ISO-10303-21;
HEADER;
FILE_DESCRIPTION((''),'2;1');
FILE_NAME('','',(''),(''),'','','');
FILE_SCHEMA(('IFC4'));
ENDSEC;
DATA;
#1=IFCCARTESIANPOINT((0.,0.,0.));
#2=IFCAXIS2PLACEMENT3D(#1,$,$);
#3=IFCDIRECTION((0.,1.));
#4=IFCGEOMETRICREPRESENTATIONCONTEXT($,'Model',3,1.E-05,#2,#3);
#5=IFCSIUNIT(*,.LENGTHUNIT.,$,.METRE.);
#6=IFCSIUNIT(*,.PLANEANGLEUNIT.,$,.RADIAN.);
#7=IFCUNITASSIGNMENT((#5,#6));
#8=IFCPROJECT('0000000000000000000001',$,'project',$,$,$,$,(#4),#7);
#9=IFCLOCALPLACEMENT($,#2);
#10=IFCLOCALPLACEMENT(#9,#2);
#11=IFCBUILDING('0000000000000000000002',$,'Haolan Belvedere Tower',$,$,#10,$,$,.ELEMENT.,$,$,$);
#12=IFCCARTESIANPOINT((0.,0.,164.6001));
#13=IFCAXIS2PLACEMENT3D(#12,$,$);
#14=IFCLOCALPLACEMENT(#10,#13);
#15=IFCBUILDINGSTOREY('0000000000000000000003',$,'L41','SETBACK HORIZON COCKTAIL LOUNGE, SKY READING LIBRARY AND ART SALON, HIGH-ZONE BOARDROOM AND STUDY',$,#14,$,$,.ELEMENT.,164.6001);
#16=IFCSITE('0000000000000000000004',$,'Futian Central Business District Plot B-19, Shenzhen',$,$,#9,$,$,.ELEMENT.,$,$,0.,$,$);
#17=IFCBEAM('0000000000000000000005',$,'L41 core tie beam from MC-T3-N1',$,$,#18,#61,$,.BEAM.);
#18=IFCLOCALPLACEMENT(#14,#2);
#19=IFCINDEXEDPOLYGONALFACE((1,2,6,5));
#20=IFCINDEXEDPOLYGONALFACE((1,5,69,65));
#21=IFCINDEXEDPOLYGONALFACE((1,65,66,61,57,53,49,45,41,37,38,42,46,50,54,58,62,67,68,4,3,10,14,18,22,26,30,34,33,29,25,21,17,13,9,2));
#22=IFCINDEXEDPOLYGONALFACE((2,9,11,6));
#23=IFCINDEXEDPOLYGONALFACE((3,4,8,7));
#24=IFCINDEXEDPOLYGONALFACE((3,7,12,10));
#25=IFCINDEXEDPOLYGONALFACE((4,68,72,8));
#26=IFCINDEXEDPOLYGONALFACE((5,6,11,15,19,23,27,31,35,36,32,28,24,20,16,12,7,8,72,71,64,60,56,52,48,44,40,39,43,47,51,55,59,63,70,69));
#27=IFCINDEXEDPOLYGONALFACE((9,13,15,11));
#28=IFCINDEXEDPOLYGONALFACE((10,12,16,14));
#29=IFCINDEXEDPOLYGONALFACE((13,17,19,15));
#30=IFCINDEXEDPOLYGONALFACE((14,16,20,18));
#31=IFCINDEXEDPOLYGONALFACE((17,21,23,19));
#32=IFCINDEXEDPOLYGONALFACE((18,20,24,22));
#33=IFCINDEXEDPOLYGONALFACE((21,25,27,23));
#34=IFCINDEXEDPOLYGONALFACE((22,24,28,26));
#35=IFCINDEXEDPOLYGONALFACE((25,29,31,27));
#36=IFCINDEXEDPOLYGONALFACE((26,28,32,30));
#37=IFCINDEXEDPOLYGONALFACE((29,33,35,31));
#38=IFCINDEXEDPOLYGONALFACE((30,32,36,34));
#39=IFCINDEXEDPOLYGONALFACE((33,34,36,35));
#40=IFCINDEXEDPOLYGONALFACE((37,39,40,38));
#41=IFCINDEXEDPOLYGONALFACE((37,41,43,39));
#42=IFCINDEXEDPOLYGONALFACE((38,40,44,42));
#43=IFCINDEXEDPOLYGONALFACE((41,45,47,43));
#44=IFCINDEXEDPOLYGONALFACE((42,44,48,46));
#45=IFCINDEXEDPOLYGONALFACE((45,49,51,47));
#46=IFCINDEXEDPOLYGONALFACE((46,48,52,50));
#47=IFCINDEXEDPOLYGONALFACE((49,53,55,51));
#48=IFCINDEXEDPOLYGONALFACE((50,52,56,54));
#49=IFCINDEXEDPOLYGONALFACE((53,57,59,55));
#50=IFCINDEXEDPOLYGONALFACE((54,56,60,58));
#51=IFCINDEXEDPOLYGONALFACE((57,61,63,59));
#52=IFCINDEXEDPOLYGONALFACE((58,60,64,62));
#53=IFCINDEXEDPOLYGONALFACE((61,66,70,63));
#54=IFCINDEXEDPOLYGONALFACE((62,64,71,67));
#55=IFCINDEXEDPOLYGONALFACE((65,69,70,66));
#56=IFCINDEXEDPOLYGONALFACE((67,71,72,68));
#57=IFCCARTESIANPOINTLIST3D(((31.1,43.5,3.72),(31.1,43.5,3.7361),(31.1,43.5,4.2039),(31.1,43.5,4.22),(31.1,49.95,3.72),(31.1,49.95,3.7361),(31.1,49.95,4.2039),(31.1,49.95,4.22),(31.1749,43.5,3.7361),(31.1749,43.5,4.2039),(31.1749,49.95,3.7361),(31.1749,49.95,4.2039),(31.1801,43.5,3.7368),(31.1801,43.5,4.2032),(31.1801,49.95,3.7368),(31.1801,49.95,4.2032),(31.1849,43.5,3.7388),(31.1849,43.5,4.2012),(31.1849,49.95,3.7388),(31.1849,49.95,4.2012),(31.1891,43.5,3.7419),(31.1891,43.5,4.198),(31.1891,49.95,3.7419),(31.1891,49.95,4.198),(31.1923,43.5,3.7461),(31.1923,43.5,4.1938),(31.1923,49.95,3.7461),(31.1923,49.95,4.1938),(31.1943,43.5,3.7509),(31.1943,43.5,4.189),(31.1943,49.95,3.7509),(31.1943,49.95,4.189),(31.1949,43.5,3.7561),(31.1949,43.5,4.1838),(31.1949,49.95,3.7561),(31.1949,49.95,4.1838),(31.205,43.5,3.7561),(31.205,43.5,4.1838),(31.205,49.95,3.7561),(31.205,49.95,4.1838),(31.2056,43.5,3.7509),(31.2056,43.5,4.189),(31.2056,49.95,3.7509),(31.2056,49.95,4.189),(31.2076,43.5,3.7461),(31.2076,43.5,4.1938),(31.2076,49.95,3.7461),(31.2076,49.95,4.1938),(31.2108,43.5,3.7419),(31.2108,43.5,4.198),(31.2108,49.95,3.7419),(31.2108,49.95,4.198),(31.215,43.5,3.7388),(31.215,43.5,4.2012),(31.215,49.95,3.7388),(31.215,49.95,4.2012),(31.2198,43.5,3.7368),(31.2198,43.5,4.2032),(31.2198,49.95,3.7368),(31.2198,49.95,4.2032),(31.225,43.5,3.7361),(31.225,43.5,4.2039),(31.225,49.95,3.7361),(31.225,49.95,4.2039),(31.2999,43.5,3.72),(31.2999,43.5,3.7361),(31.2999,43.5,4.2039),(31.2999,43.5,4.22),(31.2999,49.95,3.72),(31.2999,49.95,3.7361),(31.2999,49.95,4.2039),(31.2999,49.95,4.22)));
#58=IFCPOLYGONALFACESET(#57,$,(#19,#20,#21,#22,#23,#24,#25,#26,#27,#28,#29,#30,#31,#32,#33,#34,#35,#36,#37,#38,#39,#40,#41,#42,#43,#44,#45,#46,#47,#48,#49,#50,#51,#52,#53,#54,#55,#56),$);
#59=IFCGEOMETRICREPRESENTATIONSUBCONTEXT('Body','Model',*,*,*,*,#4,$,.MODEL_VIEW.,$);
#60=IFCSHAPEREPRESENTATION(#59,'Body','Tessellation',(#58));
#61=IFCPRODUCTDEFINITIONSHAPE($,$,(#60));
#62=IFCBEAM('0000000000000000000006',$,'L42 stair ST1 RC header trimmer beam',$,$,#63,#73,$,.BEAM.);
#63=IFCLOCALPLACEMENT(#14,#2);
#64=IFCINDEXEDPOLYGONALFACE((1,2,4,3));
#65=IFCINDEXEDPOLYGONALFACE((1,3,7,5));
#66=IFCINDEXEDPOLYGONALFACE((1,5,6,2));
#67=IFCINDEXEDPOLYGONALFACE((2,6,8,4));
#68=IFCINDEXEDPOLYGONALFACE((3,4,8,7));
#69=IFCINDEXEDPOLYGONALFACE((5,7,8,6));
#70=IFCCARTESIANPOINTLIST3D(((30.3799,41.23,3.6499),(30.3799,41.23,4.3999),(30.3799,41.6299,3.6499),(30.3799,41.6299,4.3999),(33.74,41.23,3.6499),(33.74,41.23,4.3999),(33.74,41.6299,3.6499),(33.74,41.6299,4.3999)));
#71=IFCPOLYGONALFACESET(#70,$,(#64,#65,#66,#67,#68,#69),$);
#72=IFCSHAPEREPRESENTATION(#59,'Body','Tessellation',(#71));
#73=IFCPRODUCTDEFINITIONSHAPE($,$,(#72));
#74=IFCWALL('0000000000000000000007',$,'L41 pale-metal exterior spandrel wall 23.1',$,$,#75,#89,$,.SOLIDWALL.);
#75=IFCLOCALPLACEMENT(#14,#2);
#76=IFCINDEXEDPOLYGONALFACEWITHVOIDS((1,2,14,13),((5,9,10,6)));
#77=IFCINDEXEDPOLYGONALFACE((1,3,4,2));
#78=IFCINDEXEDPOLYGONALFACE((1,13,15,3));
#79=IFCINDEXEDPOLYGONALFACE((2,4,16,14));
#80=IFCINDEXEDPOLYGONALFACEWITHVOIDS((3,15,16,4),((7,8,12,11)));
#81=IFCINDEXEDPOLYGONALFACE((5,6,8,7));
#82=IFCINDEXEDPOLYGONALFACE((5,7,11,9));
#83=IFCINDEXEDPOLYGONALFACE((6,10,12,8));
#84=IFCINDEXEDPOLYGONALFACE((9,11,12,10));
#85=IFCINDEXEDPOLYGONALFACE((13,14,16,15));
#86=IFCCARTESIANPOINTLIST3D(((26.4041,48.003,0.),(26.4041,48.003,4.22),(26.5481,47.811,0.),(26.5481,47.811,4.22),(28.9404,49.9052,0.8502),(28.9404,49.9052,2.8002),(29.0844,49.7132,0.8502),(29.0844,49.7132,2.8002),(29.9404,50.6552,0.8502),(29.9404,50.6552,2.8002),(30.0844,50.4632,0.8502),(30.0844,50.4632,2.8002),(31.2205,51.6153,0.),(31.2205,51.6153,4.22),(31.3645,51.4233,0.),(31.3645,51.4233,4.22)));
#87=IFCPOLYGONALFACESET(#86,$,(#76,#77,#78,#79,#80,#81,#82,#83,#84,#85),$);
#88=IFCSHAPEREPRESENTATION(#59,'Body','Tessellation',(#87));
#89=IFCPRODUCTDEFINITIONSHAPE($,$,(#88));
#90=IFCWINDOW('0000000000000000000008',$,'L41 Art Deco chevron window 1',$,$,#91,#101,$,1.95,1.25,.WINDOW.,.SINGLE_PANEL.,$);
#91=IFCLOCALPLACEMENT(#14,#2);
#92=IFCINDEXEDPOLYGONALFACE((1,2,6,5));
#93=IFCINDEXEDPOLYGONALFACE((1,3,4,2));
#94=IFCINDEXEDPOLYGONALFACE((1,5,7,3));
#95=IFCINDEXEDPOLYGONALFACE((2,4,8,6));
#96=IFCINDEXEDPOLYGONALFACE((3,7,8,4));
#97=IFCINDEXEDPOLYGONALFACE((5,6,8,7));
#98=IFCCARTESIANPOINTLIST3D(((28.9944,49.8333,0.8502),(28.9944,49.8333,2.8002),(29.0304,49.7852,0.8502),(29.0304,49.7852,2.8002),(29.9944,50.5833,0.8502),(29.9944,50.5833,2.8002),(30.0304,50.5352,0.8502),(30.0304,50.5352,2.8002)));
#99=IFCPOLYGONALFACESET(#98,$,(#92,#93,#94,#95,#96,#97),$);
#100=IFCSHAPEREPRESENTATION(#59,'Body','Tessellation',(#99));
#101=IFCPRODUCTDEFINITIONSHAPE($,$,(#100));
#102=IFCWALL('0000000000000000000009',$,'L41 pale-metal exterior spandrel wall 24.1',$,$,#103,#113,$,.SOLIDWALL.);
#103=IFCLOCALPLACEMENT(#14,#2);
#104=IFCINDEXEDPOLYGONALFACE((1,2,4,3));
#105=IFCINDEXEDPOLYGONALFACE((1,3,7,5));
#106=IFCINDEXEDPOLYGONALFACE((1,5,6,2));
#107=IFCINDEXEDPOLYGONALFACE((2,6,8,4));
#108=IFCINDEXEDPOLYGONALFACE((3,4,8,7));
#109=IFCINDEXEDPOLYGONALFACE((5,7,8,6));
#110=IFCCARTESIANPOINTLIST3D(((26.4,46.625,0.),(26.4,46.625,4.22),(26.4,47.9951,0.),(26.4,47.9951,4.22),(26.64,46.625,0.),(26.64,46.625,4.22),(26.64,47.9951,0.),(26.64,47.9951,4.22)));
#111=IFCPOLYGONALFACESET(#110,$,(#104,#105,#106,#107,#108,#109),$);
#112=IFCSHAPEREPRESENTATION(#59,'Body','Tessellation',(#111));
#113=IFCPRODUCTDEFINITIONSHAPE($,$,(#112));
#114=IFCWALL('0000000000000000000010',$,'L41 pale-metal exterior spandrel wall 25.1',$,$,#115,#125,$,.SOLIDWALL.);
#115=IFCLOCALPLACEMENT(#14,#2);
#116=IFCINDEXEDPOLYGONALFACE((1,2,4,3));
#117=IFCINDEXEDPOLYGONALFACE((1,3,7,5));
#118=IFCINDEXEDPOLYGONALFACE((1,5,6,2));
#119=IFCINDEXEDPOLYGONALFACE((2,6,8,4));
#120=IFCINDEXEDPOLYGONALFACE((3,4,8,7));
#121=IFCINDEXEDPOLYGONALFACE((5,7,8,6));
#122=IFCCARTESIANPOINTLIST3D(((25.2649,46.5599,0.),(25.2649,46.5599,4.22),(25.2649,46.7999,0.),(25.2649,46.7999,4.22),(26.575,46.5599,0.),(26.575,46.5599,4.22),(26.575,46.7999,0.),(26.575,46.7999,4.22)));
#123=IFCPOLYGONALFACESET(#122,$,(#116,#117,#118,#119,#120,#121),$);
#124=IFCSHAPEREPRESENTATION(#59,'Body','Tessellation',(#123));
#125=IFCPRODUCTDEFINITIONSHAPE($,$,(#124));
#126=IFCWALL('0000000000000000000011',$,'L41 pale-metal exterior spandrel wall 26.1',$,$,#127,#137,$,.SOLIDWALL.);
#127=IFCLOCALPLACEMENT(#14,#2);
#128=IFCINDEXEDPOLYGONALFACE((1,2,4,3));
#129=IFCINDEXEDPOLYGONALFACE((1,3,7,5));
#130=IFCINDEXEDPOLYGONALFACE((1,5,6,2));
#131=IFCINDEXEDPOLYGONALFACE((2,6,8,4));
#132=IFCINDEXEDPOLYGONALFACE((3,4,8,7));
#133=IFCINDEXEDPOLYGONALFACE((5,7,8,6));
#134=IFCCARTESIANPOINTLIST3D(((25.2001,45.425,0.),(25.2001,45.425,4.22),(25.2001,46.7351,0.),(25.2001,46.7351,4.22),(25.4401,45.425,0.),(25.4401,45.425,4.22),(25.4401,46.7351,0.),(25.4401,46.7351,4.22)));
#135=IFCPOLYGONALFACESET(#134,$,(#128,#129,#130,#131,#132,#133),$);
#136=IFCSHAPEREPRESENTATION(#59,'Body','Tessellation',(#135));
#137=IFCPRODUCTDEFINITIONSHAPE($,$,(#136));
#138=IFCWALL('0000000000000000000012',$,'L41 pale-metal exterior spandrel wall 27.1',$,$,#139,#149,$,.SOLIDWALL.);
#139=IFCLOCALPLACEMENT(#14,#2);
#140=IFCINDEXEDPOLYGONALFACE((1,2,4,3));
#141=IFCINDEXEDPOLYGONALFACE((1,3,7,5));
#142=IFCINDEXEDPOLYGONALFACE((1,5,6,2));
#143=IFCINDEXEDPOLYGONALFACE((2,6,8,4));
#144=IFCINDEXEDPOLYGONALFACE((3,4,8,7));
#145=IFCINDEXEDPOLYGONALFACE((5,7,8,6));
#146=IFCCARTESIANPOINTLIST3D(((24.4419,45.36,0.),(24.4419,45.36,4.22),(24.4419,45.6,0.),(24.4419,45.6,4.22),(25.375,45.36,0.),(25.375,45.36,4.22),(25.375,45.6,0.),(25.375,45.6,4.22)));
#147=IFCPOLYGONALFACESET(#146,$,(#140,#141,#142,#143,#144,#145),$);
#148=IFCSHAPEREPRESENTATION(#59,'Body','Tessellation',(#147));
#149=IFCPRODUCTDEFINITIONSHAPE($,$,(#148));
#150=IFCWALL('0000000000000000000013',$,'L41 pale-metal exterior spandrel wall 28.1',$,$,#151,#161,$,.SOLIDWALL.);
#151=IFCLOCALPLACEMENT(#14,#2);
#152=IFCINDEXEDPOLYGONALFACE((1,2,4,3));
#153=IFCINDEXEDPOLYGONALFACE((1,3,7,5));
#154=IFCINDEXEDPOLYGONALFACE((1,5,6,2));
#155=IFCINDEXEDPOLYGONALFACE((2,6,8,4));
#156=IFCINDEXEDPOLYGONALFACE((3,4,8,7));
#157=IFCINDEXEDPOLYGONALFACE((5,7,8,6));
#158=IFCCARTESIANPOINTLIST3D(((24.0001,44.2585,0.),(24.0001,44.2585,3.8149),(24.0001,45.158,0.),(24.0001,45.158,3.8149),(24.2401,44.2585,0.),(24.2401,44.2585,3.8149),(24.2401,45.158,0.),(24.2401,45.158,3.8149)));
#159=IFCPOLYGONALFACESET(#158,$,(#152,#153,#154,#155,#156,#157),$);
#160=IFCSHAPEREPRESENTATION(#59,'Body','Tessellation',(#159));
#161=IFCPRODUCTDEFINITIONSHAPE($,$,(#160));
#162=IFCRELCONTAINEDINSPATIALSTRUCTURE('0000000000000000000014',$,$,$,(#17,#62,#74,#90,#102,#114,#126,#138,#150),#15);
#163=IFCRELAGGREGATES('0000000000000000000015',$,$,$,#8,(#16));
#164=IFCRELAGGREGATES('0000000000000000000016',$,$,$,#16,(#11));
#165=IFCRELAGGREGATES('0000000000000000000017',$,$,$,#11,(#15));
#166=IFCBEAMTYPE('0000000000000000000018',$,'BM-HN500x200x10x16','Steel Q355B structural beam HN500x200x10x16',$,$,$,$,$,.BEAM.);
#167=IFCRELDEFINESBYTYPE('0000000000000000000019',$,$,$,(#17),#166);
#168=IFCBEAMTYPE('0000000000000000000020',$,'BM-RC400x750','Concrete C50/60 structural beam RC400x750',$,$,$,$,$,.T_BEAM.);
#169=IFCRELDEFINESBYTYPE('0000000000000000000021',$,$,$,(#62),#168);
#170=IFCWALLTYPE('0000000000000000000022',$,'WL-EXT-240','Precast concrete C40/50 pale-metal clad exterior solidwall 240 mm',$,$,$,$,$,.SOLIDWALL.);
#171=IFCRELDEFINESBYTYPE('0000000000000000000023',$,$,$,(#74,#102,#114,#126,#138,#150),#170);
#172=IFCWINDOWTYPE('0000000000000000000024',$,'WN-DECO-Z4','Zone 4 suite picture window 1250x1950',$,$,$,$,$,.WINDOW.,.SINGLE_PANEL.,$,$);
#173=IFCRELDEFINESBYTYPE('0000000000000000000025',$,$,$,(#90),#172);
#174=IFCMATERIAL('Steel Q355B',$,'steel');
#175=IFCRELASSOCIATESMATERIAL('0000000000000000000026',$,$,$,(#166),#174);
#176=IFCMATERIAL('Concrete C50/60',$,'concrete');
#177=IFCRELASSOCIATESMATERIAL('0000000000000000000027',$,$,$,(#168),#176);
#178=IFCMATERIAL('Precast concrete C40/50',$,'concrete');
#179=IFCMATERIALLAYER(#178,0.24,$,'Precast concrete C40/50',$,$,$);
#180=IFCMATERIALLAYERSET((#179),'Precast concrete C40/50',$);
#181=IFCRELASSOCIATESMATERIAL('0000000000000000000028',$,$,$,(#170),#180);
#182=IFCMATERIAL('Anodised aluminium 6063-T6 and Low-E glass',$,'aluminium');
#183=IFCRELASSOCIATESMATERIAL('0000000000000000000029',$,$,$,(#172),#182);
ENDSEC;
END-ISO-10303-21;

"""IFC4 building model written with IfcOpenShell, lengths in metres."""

from ifc_helpers import new_model, si_unit, direction, frame, frame_2d, origin, origin_2d, place, context, subcontext, project, spatial, rectangle, i_section, extrude, material, layer, layer_set, material_profile, profile_set, type_object, element, fill, save


model = new_model("IFC4")

# Units and contexts
model_context = context("Model", 3, precision=1e-05, world=origin(), true_north=direction((0.0, 1.0)))
body_context = subcontext(model_context, "Body", "Model", "MODEL_VIEW")
ifc_project = project(units=[si_unit("LENGTHUNIT", "METRE"), si_unit("PLANEANGLEUNIT", "RADIAN")], contexts=[model_context])

# Site, building, storey
site_placement = place(None, origin())
site = spatial("IfcSite", under=ifc_project, at=site_placement, Name="Futian Central Business District Plot B-19, Shenzhen", CompositionType="ELEMENT", RefElevation=0.0)
building_placement = place(site_placement, origin())
building = spatial("IfcBuilding", under=site, at=building_placement, Name="Haolan Belvedere Tower", CompositionType="ELEMENT")
storey_placement = place(building_placement, frame((0.0, 0.0, 164.6001)))
storey = spatial("IfcBuildingStorey", under=building, at=storey_placement, Name="L41", Description="SETBACK HORIZON COCKTAIL LOUNGE, SKY READING LIBRARY AND ART SALON, HIGH-ZONE BOARDROOM AND STUDY", CompositionType="ELEMENT", Elevation=164.6001)

# Beams
ifc_material_1 = material(Name="Steel Q355B", Category="steel")
ifc_material_profile_1 = material_profile(ifc_material_1, i_section(OverallWidth=0.2, OverallDepth=0.5, WebThickness=0.01, FlangeThickness=0.0161, FilletRadius=0.02, at=origin_2d()), Name="Steel Q355B")
ifc_profile_set_1 = profile_set([ifc_material_profile_1], Name="Steel Q355B")
beam_type_1 = type_object("IfcBeamType", Name="BM-HN500x200x10x16", Description="Steel Q355B structural beam HN500x200x10x16", PredefinedType="BEAM", material=ifc_profile_set_1)
beam_1_placement = place(storey_placement, frame((31.2, 49.95, 3.97), z_axis=(0.0, -1.0, 0.0), x_axis=(1.0, 0.0, 0.0)))
element("IfcBeam", 1, at=beam_1_placement, inside=storey, type_object=beam_type_1, Name="L41 core tie beam from MC-T3-N1", PredefinedType="BEAM", context=body_context, shape_type="SweptSolid", body=[
    extrude(i_section(OverallWidth=0.2, OverallDepth=0.5, WebThickness=0.01, FlangeThickness=0.0161, FilletRadius=0.02, at=origin_2d()), origin(), (0.0, 0.0, 1.0), 6.45),
])
ifc_material_2 = material(Name="Concrete C50/60", Category="concrete")
ifc_material_profile_2 = material_profile(ifc_material_2, rectangle(XDim=0.3999, YDim=0.75, at=origin_2d()), Name="Concrete C50/60")
ifc_profile_set_2 = profile_set([ifc_material_profile_2], Name="Concrete C50/60")
beam_type_2 = type_object("IfcBeamType", Name="BM-RC400x750", Description="Concrete C50/60 structural beam RC400x750", PredefinedType="T_BEAM", material=ifc_profile_set_2)
beam_2_placement = place(storey_placement, frame((30.3799, 41.4299, 4.0249), z_axis=(1.0, 0.0, 0.0), x_axis=(0.0, 1.0, 0.0)))
element("IfcBeam", 2, at=beam_2_placement, inside=storey, type_object=beam_type_2, Name="L42 stair ST1 RC header trimmer beam", PredefinedType="BEAM", context=body_context, shape_type="SweptSolid", body=[
    extrude(rectangle(XDim=0.3999, YDim=0.75, at=origin_2d()), origin(), (0.0, 0.0, 1.0), 3.3601),
])

# Wall, opening, window
ifc_material_3 = material(Name="Precast concrete C40/50", Category="concrete")
ifc_layer_1 = layer(ifc_material_3, 0.24, Name="Precast concrete C40/50")
ifc_layer_set_1 = layer_set([ifc_layer_1], Name="Precast concrete C40/50")
wall_type_1 = type_object("IfcWallType", Name="WL-EXT-240", Description="Precast concrete C40/50 pale-metal clad exterior solidwall 240 mm", PredefinedType="SOLIDWALL", material=ifc_layer_set_1)
wall_1_placement = place(storey_placement, frame((31.2925, 51.5193, 0.0), z_axis=(0.0, 0.0, 1.0), x_axis=(-0.8, -0.6, 0.0)))
wall_1 = element("IfcWall", 3, at=wall_1_placement, inside=storey, type_object=wall_type_1, Name="L41 pale-metal exterior spandrel wall 23.1", PredefinedType="SOLIDWALL", context=body_context, shape_type="SweptSolid", body=[
    extrude(rectangle(XDim=6.0205, YDim=0.24, at=frame_2d((3.0103, 0.0))), origin(), (0.0, 0.0, 1.0), 4.22),
])
opening_1_placement = place(wall_1_placement, frame((1.6001, 0.0, 0.8501)))
opening_1 = element("IfcOpeningElement", 4, at=opening_1_placement, cuts=wall_1, PredefinedType="OPENING", context=body_context, shape_type="SweptSolid", body=[
    extrude(rectangle(XDim=1.25, YDim=1.95, at=frame_2d((0.625, 0.9751))), frame((0.0, 0.1299, 0.0), z_axis=(0.0, -1.0, 0.0), x_axis=(1.0, 0.0, 0.0)), (0.0, 0.0, 1.0), 0.26),
])
ifc_material_4 = material(Name="Anodised aluminium 6063-T6 and Low-E glass", Category="aluminium")
window_type = type_object("IfcWindowType", Name="WN-DECO-Z4", Description="Zone 4 suite picture window 1250x1950", PartitioningType="SINGLE_PANEL", PredefinedType="WINDOW", material=ifc_material_4)
window_1_placement = place(opening_1_placement, origin())
window_1 = element("IfcWindow", 5, at=window_1_placement, inside=storey, type_object=window_type, Name="L41 Art Deco chevron window 1", OverallHeight=1.95, OverallWidth=1.25, PartitioningType="SINGLE_PANEL", PredefinedType="WINDOW", context=body_context, shape_type="SweptSolid", body=[
    extrude(rectangle(XDim=1.25, YDim=1.95, at=frame_2d((0.625, 0.9751))), frame((0.0, 0.03, 0.0), z_axis=(0.0, -1.0, 0.0), x_axis=(1.0, 0.0, 0.0)), (0.0, 0.0, 1.0), 0.0601),
])
fill(opening_1, window_1)

# Walls
wall_2_placement = place(storey_placement, frame((26.52, 47.9951, 0.0), z_axis=(0.0, 0.0, 1.0), x_axis=(0.0, -1.0, 0.0)))
element("IfcWall", 6, at=wall_2_placement, inside=storey, type_object=wall_type_1, Name="L41 pale-metal exterior spandrel wall 24.1", PredefinedType="SOLIDWALL", context=body_context, shape_type="SweptSolid", body=[
    extrude(rectangle(XDim=1.3701, YDim=0.24, at=frame_2d((0.6851, 0.0))), origin(), (0.0, 0.0, 1.0), 4.22),
])
for number, where, z_axis, x_axis, name in (
    (7, (26.575, 46.6799, 0.0), (0.0, 0.0, 1.0), (-1.0, 0.0, 0.0), "L41 pale-metal exterior spandrel wall 25.1"),
    (8, (25.3201, 46.7351, 0.0), (0.0, 0.0, 1.0), (0.0, -1.0, 0.0), "L41 pale-metal exterior spandrel wall 26.1"),
):
    element("IfcWall", number, at=place(storey_placement, frame(where, z_axis=z_axis, x_axis=x_axis)), inside=storey, type_object=wall_type_1, Name=name, PredefinedType="SOLIDWALL", context=body_context, shape_type="SweptSolid", body=[
        extrude(rectangle(XDim=1.3101, YDim=0.24, at=frame_2d((0.655, 0.0))), origin(), (0.0, 0.0, 1.0), 4.22),
    ])
wall_3_placement = place(storey_placement, frame((25.375, 45.48, 0.0), z_axis=(0.0, 0.0, 1.0), x_axis=(-1.0, 0.0, 0.0)))
element("IfcWall", 9, at=wall_3_placement, inside=storey, type_object=wall_type_1, Name="L41 pale-metal exterior spandrel wall 27.1", PredefinedType="SOLIDWALL", context=body_context, shape_type="SweptSolid", body=[
    extrude(rectangle(XDim=0.9331, YDim=0.24, at=frame_2d((0.4666, 0.0))), origin(), (0.0, 0.0, 1.0), 4.22),
])
wall_4_placement = place(storey_placement, frame((24.1201, 45.158, 0.0), z_axis=(0.0, 0.0, 1.0), x_axis=(0.0, -1.0, 0.0)))
element("IfcWall", 10, at=wall_4_placement, inside=storey, type_object=wall_type_1, Name="L41 pale-metal exterior spandrel wall 28.1", PredefinedType="SOLIDWALL", context=body_context, shape_type="SweptSolid", body=[
    extrude(rectangle(XDim=0.8994, YDim=0.24, at=frame_2d((0.4497, 0.0))), origin(), (0.0, 0.0, 1.0), 3.8149),
])

save(model, "model.ifc")
